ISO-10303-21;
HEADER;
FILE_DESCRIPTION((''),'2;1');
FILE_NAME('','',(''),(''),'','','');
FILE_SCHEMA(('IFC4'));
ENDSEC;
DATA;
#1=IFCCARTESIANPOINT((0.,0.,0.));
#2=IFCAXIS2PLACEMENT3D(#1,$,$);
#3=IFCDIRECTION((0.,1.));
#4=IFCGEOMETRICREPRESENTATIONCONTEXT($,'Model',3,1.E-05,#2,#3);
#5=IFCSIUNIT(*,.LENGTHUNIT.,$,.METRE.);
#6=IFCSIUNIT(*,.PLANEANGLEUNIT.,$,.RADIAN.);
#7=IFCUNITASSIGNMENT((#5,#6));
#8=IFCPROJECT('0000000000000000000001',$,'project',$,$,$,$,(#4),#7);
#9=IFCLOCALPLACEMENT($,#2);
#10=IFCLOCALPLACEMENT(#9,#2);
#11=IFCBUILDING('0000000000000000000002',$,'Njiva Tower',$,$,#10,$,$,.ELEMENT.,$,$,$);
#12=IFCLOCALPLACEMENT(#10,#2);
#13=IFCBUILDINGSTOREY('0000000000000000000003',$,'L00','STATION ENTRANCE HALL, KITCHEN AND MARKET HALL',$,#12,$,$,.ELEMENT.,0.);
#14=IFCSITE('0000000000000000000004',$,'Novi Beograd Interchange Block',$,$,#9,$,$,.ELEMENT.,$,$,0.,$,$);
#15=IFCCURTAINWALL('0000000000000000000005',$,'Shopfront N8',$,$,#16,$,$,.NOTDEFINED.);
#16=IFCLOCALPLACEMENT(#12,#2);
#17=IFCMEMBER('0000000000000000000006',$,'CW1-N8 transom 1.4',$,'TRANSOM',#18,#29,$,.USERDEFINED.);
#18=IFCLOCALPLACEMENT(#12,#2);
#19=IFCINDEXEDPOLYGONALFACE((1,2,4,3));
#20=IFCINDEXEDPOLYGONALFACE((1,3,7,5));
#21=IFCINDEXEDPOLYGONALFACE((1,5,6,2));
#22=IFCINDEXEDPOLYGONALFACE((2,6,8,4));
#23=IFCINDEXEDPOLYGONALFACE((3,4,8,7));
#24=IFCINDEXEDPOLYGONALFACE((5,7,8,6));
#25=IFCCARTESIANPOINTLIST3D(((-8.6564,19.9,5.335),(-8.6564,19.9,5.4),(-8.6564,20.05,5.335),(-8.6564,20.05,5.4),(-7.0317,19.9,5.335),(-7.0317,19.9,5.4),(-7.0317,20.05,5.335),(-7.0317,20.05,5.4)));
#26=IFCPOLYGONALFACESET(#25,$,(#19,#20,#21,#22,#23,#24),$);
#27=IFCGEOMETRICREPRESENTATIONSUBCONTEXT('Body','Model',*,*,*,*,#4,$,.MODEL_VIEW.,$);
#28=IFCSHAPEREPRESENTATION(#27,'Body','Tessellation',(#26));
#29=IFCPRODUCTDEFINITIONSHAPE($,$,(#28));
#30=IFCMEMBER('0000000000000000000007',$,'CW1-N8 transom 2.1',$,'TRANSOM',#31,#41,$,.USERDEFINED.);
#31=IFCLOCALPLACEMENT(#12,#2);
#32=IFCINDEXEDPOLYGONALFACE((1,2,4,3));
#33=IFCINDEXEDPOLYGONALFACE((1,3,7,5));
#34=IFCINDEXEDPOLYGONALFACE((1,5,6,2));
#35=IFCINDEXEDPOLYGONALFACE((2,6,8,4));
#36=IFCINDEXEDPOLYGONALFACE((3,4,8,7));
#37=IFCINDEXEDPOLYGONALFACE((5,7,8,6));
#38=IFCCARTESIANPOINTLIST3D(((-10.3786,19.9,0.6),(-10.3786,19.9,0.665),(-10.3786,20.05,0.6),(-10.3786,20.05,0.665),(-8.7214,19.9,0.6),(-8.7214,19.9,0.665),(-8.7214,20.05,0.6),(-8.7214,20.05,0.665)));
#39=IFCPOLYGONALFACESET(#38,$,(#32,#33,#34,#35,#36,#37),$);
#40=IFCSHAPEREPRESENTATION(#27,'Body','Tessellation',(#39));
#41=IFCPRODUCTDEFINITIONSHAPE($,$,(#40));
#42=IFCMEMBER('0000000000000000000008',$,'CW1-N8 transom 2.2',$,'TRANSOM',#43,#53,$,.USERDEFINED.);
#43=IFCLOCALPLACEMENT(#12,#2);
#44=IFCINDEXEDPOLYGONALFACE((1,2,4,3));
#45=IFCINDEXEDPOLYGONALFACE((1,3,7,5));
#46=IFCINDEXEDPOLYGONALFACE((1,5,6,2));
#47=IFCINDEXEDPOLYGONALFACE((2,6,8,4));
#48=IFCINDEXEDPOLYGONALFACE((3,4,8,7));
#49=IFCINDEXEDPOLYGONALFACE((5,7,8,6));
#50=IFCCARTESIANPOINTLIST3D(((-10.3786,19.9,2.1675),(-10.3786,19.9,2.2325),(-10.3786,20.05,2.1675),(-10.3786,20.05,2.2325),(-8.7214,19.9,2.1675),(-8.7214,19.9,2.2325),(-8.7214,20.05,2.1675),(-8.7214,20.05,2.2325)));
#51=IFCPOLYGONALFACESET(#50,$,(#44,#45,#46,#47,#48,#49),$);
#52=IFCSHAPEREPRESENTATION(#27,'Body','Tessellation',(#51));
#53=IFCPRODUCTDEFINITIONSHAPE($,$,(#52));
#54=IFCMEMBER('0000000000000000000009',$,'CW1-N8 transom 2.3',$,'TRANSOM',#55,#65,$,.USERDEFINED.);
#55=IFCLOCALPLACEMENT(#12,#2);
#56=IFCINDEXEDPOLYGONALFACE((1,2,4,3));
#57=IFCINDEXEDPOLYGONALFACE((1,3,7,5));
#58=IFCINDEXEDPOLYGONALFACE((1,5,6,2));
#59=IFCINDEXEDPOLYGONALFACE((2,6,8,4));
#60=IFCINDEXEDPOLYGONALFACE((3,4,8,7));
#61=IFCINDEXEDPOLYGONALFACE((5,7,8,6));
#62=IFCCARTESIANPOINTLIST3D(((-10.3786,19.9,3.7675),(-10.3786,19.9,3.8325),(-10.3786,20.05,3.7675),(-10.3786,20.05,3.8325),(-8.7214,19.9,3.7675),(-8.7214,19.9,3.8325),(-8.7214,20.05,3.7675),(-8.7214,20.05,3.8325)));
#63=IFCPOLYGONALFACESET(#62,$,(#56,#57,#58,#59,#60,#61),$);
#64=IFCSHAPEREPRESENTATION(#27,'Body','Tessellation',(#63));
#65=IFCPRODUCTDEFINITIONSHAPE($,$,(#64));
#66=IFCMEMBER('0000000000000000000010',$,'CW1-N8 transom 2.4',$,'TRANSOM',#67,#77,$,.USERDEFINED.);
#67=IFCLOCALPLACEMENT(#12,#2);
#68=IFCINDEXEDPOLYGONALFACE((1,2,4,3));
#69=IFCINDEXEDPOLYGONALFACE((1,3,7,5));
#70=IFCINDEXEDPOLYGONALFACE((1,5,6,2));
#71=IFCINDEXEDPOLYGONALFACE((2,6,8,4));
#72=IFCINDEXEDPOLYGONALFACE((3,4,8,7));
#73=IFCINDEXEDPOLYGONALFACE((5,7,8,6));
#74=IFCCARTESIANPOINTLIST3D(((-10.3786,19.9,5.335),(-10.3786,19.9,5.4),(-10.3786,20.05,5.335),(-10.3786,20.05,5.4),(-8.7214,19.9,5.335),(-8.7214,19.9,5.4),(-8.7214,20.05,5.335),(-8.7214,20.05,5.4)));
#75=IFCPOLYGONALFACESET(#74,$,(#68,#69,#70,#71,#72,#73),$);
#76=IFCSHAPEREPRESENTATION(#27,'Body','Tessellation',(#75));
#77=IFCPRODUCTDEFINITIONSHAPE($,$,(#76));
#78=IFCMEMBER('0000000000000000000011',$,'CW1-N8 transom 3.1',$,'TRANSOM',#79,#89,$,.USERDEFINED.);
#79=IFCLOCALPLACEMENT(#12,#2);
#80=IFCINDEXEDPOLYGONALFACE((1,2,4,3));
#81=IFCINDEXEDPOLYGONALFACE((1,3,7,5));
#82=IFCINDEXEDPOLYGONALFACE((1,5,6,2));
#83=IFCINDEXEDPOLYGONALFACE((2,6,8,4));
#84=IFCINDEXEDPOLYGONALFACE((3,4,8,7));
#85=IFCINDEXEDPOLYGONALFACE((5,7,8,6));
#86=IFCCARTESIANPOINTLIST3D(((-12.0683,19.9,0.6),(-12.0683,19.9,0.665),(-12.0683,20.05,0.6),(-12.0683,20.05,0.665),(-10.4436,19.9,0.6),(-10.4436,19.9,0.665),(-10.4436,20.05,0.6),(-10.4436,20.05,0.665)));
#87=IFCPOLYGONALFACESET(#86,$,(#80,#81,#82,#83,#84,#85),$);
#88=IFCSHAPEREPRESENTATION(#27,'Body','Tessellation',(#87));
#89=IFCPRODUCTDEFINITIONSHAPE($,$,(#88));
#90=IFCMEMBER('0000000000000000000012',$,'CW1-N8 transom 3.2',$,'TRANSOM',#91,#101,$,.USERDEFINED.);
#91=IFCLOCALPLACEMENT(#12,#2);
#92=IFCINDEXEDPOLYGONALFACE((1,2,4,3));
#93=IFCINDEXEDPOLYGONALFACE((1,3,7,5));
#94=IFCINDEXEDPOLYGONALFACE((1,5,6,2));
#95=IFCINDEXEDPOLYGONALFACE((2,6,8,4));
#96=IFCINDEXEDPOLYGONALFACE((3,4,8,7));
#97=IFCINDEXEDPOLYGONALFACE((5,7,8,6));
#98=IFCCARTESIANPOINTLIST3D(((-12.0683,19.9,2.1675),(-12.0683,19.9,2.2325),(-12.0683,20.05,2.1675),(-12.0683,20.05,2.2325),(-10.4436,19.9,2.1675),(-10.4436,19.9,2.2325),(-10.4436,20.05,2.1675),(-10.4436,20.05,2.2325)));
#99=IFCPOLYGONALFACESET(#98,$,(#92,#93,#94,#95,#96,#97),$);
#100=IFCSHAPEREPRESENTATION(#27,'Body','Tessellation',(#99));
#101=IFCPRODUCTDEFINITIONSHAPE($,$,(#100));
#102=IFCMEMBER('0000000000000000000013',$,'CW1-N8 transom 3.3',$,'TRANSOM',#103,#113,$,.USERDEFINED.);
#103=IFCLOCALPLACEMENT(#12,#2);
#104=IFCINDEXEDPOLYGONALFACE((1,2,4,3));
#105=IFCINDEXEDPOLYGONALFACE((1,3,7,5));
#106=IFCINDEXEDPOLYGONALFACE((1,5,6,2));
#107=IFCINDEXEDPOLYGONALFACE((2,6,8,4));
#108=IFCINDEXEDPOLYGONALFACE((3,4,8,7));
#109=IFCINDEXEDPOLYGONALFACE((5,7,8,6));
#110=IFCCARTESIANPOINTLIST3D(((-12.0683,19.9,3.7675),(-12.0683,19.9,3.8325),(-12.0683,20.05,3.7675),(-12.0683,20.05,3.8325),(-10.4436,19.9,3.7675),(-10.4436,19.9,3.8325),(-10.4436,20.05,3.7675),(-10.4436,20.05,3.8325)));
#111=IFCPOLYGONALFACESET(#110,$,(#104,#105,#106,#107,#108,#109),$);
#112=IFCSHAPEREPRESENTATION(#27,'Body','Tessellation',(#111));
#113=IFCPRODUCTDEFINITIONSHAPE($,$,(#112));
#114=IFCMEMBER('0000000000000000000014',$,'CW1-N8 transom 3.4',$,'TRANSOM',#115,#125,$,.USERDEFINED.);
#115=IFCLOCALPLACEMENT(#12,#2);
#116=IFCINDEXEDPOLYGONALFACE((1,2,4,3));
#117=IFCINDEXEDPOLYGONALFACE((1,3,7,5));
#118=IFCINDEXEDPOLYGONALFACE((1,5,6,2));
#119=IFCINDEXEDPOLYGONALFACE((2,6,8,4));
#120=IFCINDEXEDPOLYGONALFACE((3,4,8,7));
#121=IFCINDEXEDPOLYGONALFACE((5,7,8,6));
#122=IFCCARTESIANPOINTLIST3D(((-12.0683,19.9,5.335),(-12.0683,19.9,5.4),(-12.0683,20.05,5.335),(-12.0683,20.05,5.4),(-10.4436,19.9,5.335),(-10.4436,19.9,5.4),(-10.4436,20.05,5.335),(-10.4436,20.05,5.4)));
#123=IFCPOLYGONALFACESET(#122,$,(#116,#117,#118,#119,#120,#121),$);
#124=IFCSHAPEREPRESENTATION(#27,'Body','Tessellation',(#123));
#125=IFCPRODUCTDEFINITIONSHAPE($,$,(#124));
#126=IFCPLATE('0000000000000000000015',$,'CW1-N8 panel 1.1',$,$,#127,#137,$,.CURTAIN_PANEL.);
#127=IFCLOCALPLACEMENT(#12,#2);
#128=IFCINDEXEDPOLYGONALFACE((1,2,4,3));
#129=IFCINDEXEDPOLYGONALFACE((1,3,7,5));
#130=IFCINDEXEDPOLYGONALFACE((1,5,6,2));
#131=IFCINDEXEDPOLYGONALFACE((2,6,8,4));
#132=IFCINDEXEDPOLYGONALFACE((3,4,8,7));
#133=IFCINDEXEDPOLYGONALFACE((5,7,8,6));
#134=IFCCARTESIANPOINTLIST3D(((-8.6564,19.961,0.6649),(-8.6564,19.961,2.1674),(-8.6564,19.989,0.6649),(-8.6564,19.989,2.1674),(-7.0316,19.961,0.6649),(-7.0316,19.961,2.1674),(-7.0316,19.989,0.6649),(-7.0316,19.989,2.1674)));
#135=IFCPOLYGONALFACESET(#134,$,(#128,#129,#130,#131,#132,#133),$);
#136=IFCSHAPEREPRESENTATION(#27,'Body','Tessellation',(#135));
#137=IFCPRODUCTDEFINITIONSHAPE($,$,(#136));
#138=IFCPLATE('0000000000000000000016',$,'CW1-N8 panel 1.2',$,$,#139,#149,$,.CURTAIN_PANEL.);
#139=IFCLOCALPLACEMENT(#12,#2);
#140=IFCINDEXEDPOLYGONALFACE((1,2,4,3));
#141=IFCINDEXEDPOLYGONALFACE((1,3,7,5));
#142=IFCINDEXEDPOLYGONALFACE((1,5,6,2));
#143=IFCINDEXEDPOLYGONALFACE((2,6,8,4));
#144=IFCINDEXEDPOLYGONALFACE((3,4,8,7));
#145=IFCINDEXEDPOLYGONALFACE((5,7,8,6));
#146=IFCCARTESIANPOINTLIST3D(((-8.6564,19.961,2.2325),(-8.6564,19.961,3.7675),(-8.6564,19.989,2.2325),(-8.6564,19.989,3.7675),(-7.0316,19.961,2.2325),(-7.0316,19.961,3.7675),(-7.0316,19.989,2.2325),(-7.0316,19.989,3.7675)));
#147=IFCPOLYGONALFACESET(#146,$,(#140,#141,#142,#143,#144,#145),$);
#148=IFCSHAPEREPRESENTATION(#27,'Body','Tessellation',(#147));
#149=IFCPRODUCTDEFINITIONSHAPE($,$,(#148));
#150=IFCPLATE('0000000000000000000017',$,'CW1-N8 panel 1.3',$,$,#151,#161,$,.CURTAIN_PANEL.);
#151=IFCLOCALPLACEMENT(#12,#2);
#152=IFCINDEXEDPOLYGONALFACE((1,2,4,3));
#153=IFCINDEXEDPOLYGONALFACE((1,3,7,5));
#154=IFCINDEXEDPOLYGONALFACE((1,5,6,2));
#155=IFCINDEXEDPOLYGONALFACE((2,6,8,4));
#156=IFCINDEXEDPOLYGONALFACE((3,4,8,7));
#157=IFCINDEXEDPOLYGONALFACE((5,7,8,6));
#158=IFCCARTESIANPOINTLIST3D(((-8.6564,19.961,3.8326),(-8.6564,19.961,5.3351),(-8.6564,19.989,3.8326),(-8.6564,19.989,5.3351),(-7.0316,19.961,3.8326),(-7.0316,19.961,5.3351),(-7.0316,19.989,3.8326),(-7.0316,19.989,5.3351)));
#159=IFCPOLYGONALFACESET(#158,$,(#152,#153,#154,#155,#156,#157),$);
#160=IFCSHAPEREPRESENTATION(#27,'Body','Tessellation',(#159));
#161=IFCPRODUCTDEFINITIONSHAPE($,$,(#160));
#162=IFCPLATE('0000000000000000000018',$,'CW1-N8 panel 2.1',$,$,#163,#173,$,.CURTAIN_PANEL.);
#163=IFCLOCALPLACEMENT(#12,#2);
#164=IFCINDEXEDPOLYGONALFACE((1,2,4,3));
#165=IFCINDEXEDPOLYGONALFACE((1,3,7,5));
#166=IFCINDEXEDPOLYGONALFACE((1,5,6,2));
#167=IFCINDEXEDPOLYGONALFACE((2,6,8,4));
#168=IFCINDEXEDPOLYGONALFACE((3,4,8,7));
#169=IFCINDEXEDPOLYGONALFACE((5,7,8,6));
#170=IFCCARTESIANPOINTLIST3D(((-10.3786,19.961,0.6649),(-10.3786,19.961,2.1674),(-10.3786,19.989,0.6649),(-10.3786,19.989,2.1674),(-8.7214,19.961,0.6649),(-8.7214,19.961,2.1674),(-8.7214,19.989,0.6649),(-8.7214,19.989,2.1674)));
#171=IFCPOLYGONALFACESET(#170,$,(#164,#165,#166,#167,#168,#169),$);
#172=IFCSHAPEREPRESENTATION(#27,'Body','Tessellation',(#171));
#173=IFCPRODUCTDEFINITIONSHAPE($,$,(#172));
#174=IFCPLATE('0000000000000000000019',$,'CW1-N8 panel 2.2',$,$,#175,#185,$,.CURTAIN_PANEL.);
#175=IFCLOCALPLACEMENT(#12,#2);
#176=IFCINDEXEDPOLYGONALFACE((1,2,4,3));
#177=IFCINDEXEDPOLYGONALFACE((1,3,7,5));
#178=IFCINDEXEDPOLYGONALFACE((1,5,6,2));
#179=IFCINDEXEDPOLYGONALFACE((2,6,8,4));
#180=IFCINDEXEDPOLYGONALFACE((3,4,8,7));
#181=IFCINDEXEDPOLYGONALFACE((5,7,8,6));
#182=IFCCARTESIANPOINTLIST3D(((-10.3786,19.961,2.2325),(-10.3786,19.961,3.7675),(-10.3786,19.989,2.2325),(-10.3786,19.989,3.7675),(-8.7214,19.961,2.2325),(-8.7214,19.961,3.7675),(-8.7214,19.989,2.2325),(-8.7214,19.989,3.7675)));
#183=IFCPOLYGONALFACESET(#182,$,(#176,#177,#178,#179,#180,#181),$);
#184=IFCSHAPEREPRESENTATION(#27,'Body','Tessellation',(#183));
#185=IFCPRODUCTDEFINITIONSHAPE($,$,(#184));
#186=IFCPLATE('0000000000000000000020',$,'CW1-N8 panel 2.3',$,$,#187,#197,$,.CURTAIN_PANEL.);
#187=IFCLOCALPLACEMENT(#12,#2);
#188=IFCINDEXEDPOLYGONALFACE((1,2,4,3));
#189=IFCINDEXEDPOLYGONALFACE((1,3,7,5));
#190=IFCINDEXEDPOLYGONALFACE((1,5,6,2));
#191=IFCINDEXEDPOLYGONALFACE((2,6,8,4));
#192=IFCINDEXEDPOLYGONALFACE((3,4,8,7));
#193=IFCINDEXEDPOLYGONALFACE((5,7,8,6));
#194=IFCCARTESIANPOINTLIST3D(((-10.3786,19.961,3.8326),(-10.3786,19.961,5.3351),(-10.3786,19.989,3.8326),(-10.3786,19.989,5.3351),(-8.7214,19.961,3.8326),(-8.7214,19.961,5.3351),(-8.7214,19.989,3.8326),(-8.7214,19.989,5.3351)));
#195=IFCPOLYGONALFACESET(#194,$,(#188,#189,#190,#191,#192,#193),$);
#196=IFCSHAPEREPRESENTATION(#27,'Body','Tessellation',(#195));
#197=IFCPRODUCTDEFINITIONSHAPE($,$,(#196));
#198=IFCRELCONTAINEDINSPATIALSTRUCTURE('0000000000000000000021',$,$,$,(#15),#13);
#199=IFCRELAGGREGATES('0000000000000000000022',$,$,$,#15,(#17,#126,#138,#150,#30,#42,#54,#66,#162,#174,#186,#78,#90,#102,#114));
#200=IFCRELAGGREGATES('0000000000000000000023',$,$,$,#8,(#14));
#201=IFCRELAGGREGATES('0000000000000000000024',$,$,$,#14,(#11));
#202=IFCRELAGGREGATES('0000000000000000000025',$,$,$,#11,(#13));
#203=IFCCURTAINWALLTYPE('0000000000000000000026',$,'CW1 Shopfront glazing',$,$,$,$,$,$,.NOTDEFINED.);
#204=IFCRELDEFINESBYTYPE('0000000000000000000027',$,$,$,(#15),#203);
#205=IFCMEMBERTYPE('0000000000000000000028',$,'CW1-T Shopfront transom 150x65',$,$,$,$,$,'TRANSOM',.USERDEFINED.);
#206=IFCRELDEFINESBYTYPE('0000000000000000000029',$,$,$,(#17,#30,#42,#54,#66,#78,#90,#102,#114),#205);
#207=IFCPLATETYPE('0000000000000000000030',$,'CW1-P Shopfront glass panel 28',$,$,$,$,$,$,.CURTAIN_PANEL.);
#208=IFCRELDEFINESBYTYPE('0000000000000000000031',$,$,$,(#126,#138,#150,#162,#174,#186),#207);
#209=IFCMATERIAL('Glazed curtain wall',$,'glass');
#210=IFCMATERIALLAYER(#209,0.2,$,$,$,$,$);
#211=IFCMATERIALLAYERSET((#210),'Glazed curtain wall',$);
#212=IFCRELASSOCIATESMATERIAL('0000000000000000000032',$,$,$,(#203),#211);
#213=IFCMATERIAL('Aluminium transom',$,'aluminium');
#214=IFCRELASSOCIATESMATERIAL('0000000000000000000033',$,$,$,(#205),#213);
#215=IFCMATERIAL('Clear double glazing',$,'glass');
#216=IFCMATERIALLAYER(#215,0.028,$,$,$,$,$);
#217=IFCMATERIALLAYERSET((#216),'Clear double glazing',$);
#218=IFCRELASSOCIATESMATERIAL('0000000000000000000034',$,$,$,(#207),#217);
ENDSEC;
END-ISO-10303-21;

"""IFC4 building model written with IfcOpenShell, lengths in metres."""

from ifc_helpers import new_model, si_unit, direction, frame, origin, origin_2d, place, context, subcontext, project, spatial, rectangle, extrude, material, layer, layer_set, material_profile, profile_set, type_object, element, aggregate, save


model = new_model("IFC4")

# Units and contexts
model_context = context("Model", 3, precision=1e-05, world=origin(), true_north=direction((0.0, 1.0)))
body_context = subcontext(model_context, "Body", "Model", "MODEL_VIEW")
ifc_project = project(units=[si_unit("LENGTHUNIT", "METRE"), si_unit("PLANEANGLEUNIT", "RADIAN")], contexts=[model_context])

# Site, building, storey
site_placement = place(None, origin())
site = spatial("IfcSite", under=ifc_project, at=site_placement, Name="Novi Beograd Interchange Block", CompositionType="ELEMENT", RefElevation=0.0)
building_placement = place(site_placement, origin())
building = spatial("IfcBuilding", under=site, at=building_placement, Name="Njiva Tower", CompositionType="ELEMENT")
storey_placement = place(building_placement, origin())
storey = spatial("IfcBuildingStorey", under=building, at=storey_placement, Name="L00", Description="STATION ENTRANCE HALL, KITCHEN AND MARKET HALL", CompositionType="ELEMENT", Elevation=0.0)

# Curtain wall, members, plates
ifc_material_1 = material(Name="Glazed curtain wall", Category="glass")
ifc_layer_1 = layer(ifc_material_1, 0.2)
ifc_layer_set_1 = layer_set([ifc_layer_1], Name="Glazed curtain wall")
curtain_wall_type = type_object("IfcCurtainWallType", Name="CW1 Shopfront glazing", PredefinedType="NOTDEFINED", material=ifc_layer_set_1)
curtain_wall_placement = place(storey_placement, origin())
curtain_wall = element("IfcCurtainWall", 1, at=curtain_wall_placement, inside=storey, type_object=curtain_wall_type, Name="Shopfront N8", PredefinedType="NOTDEFINED")
ifc_material_2 = material(Name="Aluminium transom", Category="aluminium")
ifc_material_profile_1 = material_profile(ifc_material_2, rectangle(XDim=0.15, YDim=0.065, at=origin_2d()), Name="RECT 150x65")
ifc_profile_set_1 = profile_set([ifc_material_profile_1], Name="Aluminium transom")
member_type_1 = type_object("IfcMemberType", Name="CW1-T Shopfront transom 150x65", ElementType="TRANSOM", PredefinedType="USERDEFINED", material=ifc_profile_set_1)
member_1_placement = place(storey_placement, frame((-7.0317, 19.975, 5.3675), z_axis=(-1.0, 0.0, 0.0), x_axis=(0.0, -1.0, 0.0)))
member_1 = element("IfcMember", 2, at=member_1_placement, type_object=member_type_1, Name="CW1-N8 transom 1.4", ObjectType="TRANSOM", PredefinedType="USERDEFINED", context=body_context, shape_type="SweptSolid", body=[
    extrude(rectangle(XDim=0.15, YDim=0.065, at=origin_2d()), origin(), (0.0, 0.0, 1.0), 1.6247),
])
member_2_placement = place(storey_placement, frame((-8.7214, 19.975, 0.6325), z_axis=(-1.0, 0.0, 0.0), x_axis=(0.0, -1.0, 0.0)))
member_2 = element("IfcMember", 3, at=member_2_placement, type_object=member_type_1, Name="CW1-N8 transom 2.1", ObjectType="TRANSOM", PredefinedType="USERDEFINED", context=body_context, shape_type="SweptSolid", body=[
    extrude(rectangle(XDim=0.15, YDim=0.065, at=origin_2d()), origin(), (0.0, 0.0, 1.0), 1.6572),
])
member_3_placement = place(storey_placement, frame((-8.7214, 19.975, 2.2), z_axis=(-1.0, 0.0, 0.0), x_axis=(0.0, -1.0, 0.0)))
member_3 = element("IfcMember", 4, at=member_3_placement, type_object=member_type_1, Name="CW1-N8 transom 2.2", ObjectType="TRANSOM", PredefinedType="USERDEFINED", context=body_context, shape_type="SweptSolid", body=[
    extrude(rectangle(XDim=0.15, YDim=0.065, at=origin_2d()), origin(), (0.0, 0.0, 1.0), 1.6572),
])
member_4_placement = place(storey_placement, frame((-8.7214, 19.975, 3.8), z_axis=(-1.0, 0.0, 0.0), x_axis=(0.0, -1.0, 0.0)))
member_4 = element("IfcMember", 5, at=member_4_placement, type_object=member_type_1, Name="CW1-N8 transom 2.3", ObjectType="TRANSOM", PredefinedType="USERDEFINED", context=body_context, shape_type="SweptSolid", body=[
    extrude(rectangle(XDim=0.15, YDim=0.065, at=origin_2d()), origin(), (0.0, 0.0, 1.0), 1.6572),
])
member_5_placement = place(storey_placement, frame((-8.7214, 19.975, 5.3675), z_axis=(-1.0, 0.0, 0.0), x_axis=(0.0, -1.0, 0.0)))
member_5 = element("IfcMember", 6, at=member_5_placement, type_object=member_type_1, Name="CW1-N8 transom 2.4", ObjectType="TRANSOM", PredefinedType="USERDEFINED", context=body_context, shape_type="SweptSolid", body=[
    extrude(rectangle(XDim=0.15, YDim=0.065, at=origin_2d()), origin(), (0.0, 0.0, 1.0), 1.6572),
])
member_6_placement = place(storey_placement, frame((-10.4436, 19.975, 0.6325), z_axis=(-1.0, 0.0, 0.0), x_axis=(0.0, -1.0, 0.0)))
member_6 = element("IfcMember", 7, at=member_6_placement, type_object=member_type_1, Name="CW1-N8 transom 3.1", ObjectType="TRANSOM", PredefinedType="USERDEFINED", context=body_context, shape_type="SweptSolid", body=[
    extrude(rectangle(XDim=0.15, YDim=0.065, at=origin_2d()), origin(), (0.0, 0.0, 1.0), 1.6247),
])
member_7_placement = place(storey_placement, frame((-10.4436, 19.975, 2.2), z_axis=(-1.0, 0.0, 0.0), x_axis=(0.0, -1.0, 0.0)))
member_7 = element("IfcMember", 8, at=member_7_placement, type_object=member_type_1, Name="CW1-N8 transom 3.2", ObjectType="TRANSOM", PredefinedType="USERDEFINED", context=body_context, shape_type="SweptSolid", body=[
    extrude(rectangle(XDim=0.15, YDim=0.065, at=origin_2d()), origin(), (0.0, 0.0, 1.0), 1.6247),
])
member_8_placement = place(storey_placement, frame((-10.4436, 19.975, 3.8), z_axis=(-1.0, 0.0, 0.0), x_axis=(0.0, -1.0, 0.0)))
member_8 = element("IfcMember", 9, at=member_8_placement, type_object=member_type_1, Name="CW1-N8 transom 3.3", ObjectType="TRANSOM", PredefinedType="USERDEFINED", context=body_context, shape_type="SweptSolid", body=[
    extrude(rectangle(XDim=0.15, YDim=0.065, at=origin_2d()), origin(), (0.0, 0.0, 1.0), 1.6247),
])
member_9_placement = place(storey_placement, frame((-10.4436, 19.975, 5.3675), z_axis=(-1.0, 0.0, 0.0), x_axis=(0.0, -1.0, 0.0)))
member_9 = element("IfcMember", 10, at=member_9_placement, type_object=member_type_1, Name="CW1-N8 transom 3.4", ObjectType="TRANSOM", PredefinedType="USERDEFINED", context=body_context, shape_type="SweptSolid", body=[
    extrude(rectangle(XDim=0.15, YDim=0.065, at=origin_2d()), origin(), (0.0, 0.0, 1.0), 1.6247),
])
ifc_material_3 = material(Name="Clear double glazing", Category="glass")
ifc_layer_2 = layer(ifc_material_3, 0.028)
ifc_layer_set_2 = layer_set([ifc_layer_2], Name="Clear double glazing")
plate_type = type_object("IfcPlateType", Name="CW1-P Shopfront glass panel 28", PredefinedType="CURTAIN_PANEL", material=ifc_layer_set_2)
plate_1_placement = place(storey_placement, frame((-7.844, 19.975, 0.6649), z_axis=(0.0, 0.0, 1.0), x_axis=(-1.0, 0.0, 0.0)))
plate_1 = element("IfcPlate", 11, at=plate_1_placement, type_object=plate_type, Name="CW1-N8 panel 1.1", PredefinedType="CURTAIN_PANEL", context=body_context, shape_type="SweptSolid", body=[
    extrude(rectangle(XDim=1.6247, YDim=0.028, at=origin_2d()), origin(), (0.0, 0.0, 1.0), 1.5025),
])
plate_2_placement = place(storey_placement, frame((-7.844, 19.975, 2.2325), z_axis=(0.0, 0.0, 1.0), x_axis=(-1.0, 0.0, 0.0)))
plate_2 = element("IfcPlate", 12, at=plate_2_placement, type_object=plate_type, Name="CW1-N8 panel 1.2", PredefinedType="CURTAIN_PANEL", context=body_context, shape_type="SweptSolid", body=[
    extrude(rectangle(XDim=1.6247, YDim=0.028, at=origin_2d()), origin(), (0.0, 0.0, 1.0), 1.535),
])
plate_3_placement = place(storey_placement, frame((-7.844, 19.975, 3.8326), z_axis=(0.0, 0.0, 1.0), x_axis=(-1.0, 0.0, 0.0)))
plate_3 = element("IfcPlate", 13, at=plate_3_placement, type_object=plate_type, Name="CW1-N8 panel 1.3", PredefinedType="CURTAIN_PANEL", context=body_context, shape_type="SweptSolid", body=[
    extrude(rectangle(XDim=1.6247, YDim=0.028, at=origin_2d()), origin(), (0.0, 0.0, 1.0), 1.5025),
])
plate_4_placement = place(storey_placement, frame((-9.55, 19.975, 0.6649), z_axis=(0.0, 0.0, 1.0), x_axis=(-1.0, 0.0, 0.0)))
plate_4 = element("IfcPlate", 14, at=plate_4_placement, type_object=plate_type, Name="CW1-N8 panel 2.1", PredefinedType="CURTAIN_PANEL", context=body_context, shape_type="SweptSolid", body=[
    extrude(rectangle(XDim=1.6572, YDim=0.028, at=origin_2d()), origin(), (0.0, 0.0, 1.0), 1.5025),
])
plate_5_placement = place(storey_placement, frame((-9.55, 19.975, 2.2325), z_axis=(0.0, 0.0, 1.0), x_axis=(-1.0, 0.0, 0.0)))
plate_5 = element("IfcPlate", 15, at=plate_5_placement, type_object=plate_type, Name="CW1-N8 panel 2.2", PredefinedType="CURTAIN_PANEL", context=body_context, shape_type="SweptSolid", body=[
    extrude(rectangle(XDim=1.6572, YDim=0.028, at=origin_2d()), origin(), (0.0, 0.0, 1.0), 1.535),
])
plate_6_placement = place(storey_placement, frame((-9.55, 19.975, 3.8326), z_axis=(0.0, 0.0, 1.0), x_axis=(-1.0, 0.0, 0.0)))
plate_6 = element("IfcPlate", 16, at=plate_6_placement, type_object=plate_type, Name="CW1-N8 panel 2.3", PredefinedType="CURTAIN_PANEL", context=body_context, shape_type="SweptSolid", body=[
    extrude(rectangle(XDim=1.6572, YDim=0.028, at=origin_2d()), origin(), (0.0, 0.0, 1.0), 1.5025),
])
aggregate(curtain_wall, [member_1, plate_1, plate_2, plate_3, member_2, member_3, member_4, member_5, plate_4, plate_5, plate_6, member_6, member_7, member_8, member_9])

save(model, "model.ifc")
